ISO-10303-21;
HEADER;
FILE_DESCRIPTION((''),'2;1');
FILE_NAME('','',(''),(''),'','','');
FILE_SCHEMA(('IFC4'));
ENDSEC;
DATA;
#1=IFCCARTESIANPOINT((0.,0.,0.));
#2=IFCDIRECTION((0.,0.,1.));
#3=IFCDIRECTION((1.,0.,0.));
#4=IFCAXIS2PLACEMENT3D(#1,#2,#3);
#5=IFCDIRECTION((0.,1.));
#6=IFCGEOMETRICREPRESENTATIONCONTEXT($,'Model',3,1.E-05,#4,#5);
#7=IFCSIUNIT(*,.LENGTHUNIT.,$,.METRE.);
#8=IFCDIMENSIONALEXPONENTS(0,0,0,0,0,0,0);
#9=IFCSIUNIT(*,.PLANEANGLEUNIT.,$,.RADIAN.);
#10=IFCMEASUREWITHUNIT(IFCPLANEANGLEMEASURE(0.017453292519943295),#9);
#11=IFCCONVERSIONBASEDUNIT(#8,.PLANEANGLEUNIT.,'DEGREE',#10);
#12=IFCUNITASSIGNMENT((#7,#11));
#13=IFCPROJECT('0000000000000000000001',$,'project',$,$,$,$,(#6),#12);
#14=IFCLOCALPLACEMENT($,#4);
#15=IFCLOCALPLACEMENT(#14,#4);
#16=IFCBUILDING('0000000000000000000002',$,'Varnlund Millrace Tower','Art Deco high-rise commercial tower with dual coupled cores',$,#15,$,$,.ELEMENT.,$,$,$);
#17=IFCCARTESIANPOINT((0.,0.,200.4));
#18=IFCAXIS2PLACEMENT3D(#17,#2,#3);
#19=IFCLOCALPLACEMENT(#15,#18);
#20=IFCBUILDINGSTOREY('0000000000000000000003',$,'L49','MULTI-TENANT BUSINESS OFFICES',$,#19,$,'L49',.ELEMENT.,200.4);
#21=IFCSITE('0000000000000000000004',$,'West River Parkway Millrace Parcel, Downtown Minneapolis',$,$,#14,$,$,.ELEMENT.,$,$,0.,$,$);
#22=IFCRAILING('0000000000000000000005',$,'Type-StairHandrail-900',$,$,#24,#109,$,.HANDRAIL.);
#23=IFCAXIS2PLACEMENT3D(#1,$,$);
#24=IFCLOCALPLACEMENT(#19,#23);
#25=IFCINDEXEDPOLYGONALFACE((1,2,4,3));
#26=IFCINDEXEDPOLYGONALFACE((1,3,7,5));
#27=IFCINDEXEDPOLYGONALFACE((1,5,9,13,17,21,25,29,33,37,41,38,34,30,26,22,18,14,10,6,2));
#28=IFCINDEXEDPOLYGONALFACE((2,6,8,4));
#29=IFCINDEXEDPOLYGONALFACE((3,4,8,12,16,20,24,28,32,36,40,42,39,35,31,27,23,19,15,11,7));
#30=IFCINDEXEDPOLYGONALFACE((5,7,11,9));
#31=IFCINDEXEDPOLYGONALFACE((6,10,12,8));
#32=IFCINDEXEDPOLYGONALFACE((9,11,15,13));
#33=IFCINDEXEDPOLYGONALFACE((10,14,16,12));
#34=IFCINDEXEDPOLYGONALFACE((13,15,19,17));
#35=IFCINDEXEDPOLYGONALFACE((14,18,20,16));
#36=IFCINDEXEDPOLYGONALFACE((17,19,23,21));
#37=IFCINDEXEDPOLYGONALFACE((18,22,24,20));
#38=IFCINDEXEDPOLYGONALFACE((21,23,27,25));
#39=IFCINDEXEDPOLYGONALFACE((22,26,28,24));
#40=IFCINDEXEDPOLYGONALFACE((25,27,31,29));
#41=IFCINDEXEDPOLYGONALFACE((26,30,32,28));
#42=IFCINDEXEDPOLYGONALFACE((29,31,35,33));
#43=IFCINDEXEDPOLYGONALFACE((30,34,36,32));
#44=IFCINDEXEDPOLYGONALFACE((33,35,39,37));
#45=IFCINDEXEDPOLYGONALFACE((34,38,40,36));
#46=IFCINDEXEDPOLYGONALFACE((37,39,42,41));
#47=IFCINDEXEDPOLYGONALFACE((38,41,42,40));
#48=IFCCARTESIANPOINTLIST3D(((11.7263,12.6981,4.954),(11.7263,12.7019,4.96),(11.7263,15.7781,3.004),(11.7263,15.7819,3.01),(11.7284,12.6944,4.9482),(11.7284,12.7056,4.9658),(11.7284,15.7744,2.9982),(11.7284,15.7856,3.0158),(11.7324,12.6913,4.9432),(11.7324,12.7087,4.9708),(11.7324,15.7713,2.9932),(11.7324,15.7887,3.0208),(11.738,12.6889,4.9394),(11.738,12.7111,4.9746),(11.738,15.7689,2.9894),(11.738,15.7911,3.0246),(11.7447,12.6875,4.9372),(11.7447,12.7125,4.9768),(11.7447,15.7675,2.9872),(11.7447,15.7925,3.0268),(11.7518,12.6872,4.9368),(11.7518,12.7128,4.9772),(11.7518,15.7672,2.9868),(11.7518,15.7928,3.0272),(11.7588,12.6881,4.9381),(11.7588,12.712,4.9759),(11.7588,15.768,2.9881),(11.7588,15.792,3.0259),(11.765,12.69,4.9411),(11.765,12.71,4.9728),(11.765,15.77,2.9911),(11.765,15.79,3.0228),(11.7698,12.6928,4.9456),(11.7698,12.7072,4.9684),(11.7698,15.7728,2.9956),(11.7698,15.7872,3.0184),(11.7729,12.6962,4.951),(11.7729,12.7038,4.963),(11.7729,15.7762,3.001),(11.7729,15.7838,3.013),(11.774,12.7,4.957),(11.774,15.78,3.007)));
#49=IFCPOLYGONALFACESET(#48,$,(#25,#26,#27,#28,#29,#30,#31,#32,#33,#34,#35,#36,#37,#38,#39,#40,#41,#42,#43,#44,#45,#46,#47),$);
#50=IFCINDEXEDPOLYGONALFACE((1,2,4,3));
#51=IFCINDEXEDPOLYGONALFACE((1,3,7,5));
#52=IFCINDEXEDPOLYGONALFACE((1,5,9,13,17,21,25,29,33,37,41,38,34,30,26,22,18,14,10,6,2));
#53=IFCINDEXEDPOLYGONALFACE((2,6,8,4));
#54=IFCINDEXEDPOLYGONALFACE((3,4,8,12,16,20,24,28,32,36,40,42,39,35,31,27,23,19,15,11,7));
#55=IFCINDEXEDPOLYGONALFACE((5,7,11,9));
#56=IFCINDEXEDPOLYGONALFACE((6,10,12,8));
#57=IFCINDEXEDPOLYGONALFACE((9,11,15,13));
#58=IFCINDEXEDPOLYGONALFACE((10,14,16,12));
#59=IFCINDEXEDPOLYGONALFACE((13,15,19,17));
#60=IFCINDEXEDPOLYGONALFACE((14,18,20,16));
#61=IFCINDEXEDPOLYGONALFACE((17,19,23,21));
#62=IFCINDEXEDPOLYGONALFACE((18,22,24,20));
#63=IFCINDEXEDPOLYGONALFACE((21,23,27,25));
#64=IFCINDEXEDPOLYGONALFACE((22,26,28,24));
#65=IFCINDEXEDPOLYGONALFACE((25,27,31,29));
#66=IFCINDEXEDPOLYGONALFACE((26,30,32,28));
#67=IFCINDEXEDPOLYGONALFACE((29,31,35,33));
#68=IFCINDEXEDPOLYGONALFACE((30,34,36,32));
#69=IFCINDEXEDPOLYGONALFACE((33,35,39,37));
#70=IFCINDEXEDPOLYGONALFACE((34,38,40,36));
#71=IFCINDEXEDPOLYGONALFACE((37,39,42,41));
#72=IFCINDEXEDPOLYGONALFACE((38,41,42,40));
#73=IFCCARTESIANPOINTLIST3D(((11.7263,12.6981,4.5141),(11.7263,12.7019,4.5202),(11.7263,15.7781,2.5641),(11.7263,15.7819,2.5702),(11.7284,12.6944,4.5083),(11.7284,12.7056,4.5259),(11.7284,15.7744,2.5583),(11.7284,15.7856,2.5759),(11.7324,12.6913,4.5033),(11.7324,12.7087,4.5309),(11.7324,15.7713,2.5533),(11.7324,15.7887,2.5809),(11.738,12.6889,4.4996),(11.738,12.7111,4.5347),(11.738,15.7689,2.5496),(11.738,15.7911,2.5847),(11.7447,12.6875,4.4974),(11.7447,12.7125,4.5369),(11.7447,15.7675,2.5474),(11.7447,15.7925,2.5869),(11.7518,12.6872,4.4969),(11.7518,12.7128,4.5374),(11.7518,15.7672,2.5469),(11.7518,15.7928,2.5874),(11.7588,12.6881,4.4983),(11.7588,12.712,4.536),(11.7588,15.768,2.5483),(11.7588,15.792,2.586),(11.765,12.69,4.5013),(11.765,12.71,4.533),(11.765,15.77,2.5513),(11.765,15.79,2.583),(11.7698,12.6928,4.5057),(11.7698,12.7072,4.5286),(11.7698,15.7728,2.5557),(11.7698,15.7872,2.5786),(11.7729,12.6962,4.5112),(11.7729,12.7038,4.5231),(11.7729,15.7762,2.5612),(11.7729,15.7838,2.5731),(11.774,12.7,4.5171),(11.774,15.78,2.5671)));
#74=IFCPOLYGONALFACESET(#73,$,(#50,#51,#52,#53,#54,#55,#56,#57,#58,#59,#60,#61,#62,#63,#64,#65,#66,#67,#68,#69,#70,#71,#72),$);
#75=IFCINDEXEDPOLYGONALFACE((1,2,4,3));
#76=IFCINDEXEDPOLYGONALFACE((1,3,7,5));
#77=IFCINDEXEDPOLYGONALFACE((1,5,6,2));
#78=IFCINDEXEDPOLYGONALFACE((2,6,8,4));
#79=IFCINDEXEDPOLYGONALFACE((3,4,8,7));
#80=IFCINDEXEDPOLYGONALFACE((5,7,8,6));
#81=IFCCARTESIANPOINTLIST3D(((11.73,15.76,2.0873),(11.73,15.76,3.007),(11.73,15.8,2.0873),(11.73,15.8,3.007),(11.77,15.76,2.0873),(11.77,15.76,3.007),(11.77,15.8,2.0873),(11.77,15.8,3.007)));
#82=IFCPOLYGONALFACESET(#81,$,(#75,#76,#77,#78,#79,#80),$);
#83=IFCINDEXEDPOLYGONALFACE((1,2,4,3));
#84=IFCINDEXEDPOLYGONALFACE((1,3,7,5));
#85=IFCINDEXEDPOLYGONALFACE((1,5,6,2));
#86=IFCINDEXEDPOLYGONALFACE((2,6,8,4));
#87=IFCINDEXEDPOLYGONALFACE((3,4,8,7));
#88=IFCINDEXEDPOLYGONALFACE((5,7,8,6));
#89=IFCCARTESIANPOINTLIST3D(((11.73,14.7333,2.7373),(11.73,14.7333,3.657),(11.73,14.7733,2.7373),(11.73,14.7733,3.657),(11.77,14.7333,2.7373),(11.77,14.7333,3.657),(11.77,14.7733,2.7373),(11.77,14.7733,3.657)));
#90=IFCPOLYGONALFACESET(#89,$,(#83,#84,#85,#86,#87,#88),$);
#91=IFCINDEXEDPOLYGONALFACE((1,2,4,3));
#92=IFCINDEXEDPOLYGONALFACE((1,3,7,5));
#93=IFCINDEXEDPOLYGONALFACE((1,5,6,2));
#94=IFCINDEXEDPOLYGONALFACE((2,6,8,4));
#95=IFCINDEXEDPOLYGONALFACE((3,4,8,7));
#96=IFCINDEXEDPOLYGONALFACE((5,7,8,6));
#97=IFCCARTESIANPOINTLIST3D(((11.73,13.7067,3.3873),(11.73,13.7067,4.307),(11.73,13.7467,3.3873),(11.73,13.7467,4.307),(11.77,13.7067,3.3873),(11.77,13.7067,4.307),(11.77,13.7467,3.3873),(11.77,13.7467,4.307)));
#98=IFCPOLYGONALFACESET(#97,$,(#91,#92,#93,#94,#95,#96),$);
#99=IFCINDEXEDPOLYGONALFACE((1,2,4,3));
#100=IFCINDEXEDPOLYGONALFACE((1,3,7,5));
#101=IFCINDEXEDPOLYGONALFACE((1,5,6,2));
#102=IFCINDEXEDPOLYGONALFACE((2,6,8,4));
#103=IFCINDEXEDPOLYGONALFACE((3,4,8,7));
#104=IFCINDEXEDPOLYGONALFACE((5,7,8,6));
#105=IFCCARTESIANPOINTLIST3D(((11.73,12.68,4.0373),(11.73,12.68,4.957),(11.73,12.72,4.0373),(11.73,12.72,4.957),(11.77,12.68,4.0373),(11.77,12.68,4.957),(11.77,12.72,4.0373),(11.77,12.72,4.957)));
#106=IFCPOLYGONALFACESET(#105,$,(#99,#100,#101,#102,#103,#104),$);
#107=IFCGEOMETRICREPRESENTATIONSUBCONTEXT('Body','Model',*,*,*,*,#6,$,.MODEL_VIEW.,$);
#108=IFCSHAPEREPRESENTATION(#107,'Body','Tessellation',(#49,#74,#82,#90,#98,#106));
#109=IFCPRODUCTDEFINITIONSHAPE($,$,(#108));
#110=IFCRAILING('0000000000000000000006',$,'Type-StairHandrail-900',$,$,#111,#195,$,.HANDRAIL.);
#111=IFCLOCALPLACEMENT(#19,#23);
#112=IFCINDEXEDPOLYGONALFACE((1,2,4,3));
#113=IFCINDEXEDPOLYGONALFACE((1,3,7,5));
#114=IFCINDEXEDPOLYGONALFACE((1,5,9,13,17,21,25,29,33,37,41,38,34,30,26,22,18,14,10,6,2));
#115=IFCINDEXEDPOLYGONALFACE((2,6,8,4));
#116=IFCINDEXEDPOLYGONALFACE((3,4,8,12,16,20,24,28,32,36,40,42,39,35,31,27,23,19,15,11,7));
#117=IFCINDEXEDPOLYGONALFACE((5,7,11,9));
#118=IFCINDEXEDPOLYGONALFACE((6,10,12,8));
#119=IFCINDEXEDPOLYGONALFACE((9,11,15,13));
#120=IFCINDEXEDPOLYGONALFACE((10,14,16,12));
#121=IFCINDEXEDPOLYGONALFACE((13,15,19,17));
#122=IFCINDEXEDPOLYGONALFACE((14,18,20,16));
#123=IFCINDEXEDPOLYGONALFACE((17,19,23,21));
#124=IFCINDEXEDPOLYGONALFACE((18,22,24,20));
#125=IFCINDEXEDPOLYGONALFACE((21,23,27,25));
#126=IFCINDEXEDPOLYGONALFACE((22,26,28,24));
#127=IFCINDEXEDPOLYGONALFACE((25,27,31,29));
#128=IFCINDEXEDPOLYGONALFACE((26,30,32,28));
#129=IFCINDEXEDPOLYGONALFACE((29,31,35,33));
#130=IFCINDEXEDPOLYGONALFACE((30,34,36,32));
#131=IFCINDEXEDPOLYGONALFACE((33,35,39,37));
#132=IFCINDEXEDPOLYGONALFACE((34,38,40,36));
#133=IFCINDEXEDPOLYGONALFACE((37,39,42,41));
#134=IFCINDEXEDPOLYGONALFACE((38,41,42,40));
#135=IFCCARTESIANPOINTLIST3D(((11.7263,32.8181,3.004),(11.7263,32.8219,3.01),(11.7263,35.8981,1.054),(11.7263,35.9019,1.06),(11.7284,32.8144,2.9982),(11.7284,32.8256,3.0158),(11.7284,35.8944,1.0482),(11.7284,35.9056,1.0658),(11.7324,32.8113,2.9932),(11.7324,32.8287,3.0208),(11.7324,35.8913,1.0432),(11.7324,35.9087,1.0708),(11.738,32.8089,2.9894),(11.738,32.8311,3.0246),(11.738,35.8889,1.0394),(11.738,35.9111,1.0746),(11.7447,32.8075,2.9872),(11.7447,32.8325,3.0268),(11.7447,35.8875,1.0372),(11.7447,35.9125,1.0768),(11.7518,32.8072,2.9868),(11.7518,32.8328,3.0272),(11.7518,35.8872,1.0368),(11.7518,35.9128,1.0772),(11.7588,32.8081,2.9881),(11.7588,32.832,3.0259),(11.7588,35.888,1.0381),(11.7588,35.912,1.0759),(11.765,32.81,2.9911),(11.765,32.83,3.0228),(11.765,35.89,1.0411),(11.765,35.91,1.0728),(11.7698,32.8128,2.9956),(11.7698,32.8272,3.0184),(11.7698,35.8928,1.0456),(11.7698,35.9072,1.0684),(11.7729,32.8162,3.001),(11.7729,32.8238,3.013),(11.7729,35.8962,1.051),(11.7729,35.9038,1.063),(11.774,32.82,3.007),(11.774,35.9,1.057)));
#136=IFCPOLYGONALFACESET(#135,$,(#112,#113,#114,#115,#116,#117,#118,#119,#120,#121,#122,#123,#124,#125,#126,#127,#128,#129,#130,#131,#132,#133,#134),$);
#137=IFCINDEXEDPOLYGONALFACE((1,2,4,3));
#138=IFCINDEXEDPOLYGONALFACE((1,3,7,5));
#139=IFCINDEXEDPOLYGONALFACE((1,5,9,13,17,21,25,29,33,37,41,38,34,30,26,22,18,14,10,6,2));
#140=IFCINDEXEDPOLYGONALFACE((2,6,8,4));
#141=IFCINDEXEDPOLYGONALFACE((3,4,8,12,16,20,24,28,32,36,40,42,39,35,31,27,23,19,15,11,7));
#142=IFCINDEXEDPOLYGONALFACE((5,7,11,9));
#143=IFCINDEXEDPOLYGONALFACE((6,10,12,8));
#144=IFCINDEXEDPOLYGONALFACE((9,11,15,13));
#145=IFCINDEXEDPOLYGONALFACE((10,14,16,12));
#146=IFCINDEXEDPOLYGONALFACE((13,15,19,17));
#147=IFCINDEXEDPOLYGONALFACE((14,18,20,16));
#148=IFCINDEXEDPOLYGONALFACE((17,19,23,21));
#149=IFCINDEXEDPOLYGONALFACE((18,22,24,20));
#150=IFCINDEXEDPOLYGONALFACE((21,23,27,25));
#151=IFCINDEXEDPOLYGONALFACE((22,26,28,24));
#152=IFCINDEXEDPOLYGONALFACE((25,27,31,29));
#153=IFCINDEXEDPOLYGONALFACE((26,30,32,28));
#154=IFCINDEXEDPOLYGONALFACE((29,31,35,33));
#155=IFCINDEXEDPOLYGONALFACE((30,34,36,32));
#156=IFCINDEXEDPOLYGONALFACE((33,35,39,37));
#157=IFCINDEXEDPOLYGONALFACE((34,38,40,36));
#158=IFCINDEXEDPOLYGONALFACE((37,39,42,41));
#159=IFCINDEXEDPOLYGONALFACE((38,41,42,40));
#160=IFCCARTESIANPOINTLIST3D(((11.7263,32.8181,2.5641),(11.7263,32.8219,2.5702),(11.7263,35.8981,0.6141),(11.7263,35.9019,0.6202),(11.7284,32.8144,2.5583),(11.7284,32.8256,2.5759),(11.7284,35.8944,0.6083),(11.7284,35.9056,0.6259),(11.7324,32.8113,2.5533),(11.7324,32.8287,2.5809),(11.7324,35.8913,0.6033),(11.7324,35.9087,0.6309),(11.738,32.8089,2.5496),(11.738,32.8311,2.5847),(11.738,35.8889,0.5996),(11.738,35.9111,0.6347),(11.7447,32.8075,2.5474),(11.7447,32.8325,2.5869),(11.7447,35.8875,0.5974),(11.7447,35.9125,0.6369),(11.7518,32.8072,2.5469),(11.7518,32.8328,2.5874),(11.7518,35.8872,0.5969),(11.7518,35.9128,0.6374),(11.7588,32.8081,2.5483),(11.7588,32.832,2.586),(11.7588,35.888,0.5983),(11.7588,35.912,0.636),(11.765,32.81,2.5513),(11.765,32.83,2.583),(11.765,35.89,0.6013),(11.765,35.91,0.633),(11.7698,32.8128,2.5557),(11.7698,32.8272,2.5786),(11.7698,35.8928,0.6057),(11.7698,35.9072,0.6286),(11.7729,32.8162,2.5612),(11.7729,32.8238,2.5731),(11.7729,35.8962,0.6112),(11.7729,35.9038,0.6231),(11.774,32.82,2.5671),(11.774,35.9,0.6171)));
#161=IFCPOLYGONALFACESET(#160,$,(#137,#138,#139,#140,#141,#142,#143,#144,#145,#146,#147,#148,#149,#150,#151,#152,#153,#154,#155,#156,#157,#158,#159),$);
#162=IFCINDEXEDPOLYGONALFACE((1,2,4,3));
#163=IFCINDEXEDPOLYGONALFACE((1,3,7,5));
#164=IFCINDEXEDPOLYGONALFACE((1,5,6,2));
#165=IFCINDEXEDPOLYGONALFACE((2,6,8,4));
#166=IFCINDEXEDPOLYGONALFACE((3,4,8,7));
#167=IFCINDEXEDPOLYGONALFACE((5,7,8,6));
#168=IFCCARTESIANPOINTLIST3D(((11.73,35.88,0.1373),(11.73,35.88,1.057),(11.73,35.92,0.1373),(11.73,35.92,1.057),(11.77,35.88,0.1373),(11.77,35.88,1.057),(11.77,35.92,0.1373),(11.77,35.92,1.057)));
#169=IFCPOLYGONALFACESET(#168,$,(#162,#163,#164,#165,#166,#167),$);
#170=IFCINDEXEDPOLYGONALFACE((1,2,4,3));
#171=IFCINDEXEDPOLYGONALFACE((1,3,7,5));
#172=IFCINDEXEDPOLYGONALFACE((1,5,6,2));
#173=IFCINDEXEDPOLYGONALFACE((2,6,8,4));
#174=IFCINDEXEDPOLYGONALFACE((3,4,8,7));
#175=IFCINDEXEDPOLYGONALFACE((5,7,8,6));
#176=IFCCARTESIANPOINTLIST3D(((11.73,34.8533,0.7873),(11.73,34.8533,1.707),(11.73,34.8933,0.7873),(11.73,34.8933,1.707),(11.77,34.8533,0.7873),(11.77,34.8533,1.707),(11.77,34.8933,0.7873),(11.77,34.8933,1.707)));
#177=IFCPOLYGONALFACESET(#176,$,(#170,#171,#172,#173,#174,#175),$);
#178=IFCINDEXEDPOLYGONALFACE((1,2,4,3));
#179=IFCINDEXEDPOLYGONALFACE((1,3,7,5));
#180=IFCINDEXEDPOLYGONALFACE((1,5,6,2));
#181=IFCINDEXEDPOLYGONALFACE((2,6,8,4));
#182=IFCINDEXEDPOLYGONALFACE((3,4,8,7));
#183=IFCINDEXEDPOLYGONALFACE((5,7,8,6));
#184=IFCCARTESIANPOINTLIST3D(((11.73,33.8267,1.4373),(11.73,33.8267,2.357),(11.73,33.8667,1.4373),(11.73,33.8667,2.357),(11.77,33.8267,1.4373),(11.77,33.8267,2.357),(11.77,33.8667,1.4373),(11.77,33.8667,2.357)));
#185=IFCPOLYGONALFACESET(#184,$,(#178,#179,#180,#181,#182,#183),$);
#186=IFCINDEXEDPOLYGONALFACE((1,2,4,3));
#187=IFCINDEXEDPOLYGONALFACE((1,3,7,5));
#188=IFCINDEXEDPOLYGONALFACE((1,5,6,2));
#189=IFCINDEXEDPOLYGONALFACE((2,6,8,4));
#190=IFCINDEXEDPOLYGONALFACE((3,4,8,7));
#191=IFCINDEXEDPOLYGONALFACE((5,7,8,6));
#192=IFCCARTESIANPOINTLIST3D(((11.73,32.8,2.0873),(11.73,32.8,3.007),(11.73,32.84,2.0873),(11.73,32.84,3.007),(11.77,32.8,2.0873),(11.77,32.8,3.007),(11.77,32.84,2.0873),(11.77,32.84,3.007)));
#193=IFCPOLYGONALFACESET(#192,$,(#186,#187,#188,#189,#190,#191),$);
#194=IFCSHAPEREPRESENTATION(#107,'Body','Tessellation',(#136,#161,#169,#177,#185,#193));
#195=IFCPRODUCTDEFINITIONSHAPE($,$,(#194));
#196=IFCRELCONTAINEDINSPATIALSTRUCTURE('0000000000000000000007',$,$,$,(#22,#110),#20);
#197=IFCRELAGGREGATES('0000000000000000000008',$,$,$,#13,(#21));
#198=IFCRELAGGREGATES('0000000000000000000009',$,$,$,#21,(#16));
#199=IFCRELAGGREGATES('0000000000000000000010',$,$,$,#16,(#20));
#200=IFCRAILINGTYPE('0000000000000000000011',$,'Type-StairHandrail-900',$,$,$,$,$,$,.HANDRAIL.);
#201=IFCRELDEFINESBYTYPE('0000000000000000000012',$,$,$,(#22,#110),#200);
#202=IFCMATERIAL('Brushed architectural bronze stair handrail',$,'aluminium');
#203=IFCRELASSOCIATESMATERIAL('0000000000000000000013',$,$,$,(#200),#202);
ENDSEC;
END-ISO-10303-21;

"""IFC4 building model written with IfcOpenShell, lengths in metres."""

from ifc_helpers import new_model, entity, si_unit, converted_unit, direction, frame, origin_with_axes, origin_2d_with_axis, place, context, subcontext, project, spatial, rectangle, circle, extrude, material, type_object, element, save


model = new_model("IFC4")

# Units and contexts
model_context = context("Model", 3, precision=1e-05, world=origin_with_axes(), true_north=direction((0.0, 1.0)))
body_context = subcontext(model_context, "Body", "Model", "MODEL_VIEW")
ifc_project = project(units=[si_unit("LENGTHUNIT", "METRE"), converted_unit("PLANEANGLEUNIT", "DEGREE", entity("IfcPlaneAngleMeasure", 0.017453292519943295), si_unit("PLANEANGLEUNIT", "RADIAN"), dimensions=[0, 0, 0, 0, 0, 0, 0])], contexts=[model_context])

# Site, building, storey
site_placement = place(None, origin_with_axes())
site = spatial("IfcSite", under=ifc_project, at=site_placement, Name="West River Parkway Millrace Parcel, Downtown Minneapolis", CompositionType="ELEMENT", RefElevation=0.0)
building_placement = place(site_placement, origin_with_axes())
building = spatial("IfcBuilding", under=site, at=building_placement, Name="Varnlund Millrace Tower", Description="Art Deco high-rise commercial tower with dual coupled cores", CompositionType="ELEMENT")
storey_placement = place(building_placement, frame((0.0, 0.0, 200.4), z_axis=(0.0, 0.0, 1.0), x_axis=(1.0, 0.0, 0.0)))
storey = spatial("IfcBuildingStorey", under=building, at=storey_placement, Name="L49", Description="MULTI-TENANT BUSINESS OFFICES", LongName="L49", CompositionType="ELEMENT", Elevation=200.4)

# Railings
ifc_material_1 = material(Name="Brushed architectural bronze stair handrail", Category="aluminium")
railing_type_1 = type_object("IfcRailingType", Name="Type-StairHandrail-900", PredefinedType="HANDRAIL", material=ifc_material_1)
railing_1_placement = place(storey_placement, frame((0.0, 0.0, -200.4), z_axis=(0.0, 0.0, 1.0), x_axis=(1.0, 0.0, 0.0)))
element("IfcRailing", 1, at=railing_1_placement, inside=storey, type_object=railing_type_1, Name="Type-StairHandrail-900", PredefinedType="HANDRAIL", context=body_context, shape_type="SweptSolid", body=[
    extrude(circle(Radius=0.024, at=origin_2d_with_axis()), frame((11.75, 15.78, 203.407), z_axis=(0.0, -0.844902, 0.534922), x_axis=(1.0, 0.0, 0.0)), (0.0, 0.0, 1.0), 3.6454),
    extrude(circle(Radius=0.024, at=origin_2d_with_axis()), frame((11.75, 15.78, 202.9671), z_axis=(0.0, -0.844902, 0.534922), x_axis=(1.0, 0.0, 0.0)), (0.0, 0.0, 1.0), 3.6454),
    extrude(rectangle(XDim=0.04, YDim=0.04, at=origin_2d_with_axis()), frame((11.75, 15.78, 202.4873), z_axis=(0.0, 0.0, 1.0), x_axis=(1.0, 0.0, 0.0)), (0.0, 0.0, 1.0), 0.9197),
    extrude(rectangle(XDim=0.04, YDim=0.04, at=origin_2d_with_axis()), frame((11.75, 14.7533, 203.1373), z_axis=(0.0, 0.0, 1.0), x_axis=(1.0, 0.0, 0.0)), (0.0, 0.0, 1.0), 0.9197),
    extrude(rectangle(XDim=0.04, YDim=0.04, at=origin_2d_with_axis()), frame((11.75, 13.7267, 203.7873), z_axis=(0.0, 0.0, 1.0), x_axis=(1.0, 0.0, 0.0)), (0.0, 0.0, 1.0), 0.9197),
    extrude(rectangle(XDim=0.04, YDim=0.04, at=origin_2d_with_axis()), frame((11.75, 12.7, 204.4373), z_axis=(0.0, 0.0, 1.0), x_axis=(1.0, 0.0, 0.0)), (0.0, 0.0, 1.0), 0.9197),
])
railing_2_placement = place(storey_placement, frame((0.0, 0.0, -200.4), z_axis=(0.0, 0.0, 1.0), x_axis=(1.0, 0.0, 0.0)))
element("IfcRailing", 2, at=railing_2_placement, inside=storey, type_object=railing_type_1, Name="Type-StairHandrail-900", PredefinedType="HANDRAIL", context=body_context, shape_type="SweptSolid", body=[
    extrude(circle(Radius=0.024, at=origin_2d_with_axis()), frame((11.75, 35.9, 201.457), z_axis=(0.0, -0.844902, 0.534922), x_axis=(1.0, 0.0, 0.0)), (0.0, 0.0, 1.0), 3.6454),
    extrude(circle(Radius=0.024, at=origin_2d_with_axis()), frame((11.75, 35.9, 201.0171), z_axis=(0.0, -0.844902, 0.534922), x_axis=(1.0, 0.0, 0.0)), (0.0, 0.0, 1.0), 3.6454),
    extrude(rectangle(XDim=0.04, YDim=0.04, at=origin_2d_with_axis()), frame((11.75, 35.9, 200.5373), z_axis=(0.0, 0.0, 1.0), x_axis=(1.0, 0.0, 0.0)), (0.0, 0.0, 1.0), 0.9197),
    extrude(rectangle(XDim=0.04, YDim=0.04, at=origin_2d_with_axis()), frame((11.75, 34.8733, 201.1873), z_axis=(0.0, 0.0, 1.0), x_axis=(1.0, 0.0, 0.0)), (0.0, 0.0, 1.0), 0.9197),
    extrude(rectangle(XDim=0.04, YDim=0.04, at=origin_2d_with_axis()), frame((11.75, 33.8467, 201.8373), z_axis=(0.0, 0.0, 1.0), x_axis=(1.0, 0.0, 0.0)), (0.0, 0.0, 1.0), 0.9197),
    extrude(rectangle(XDim=0.04, YDim=0.04, at=origin_2d_with_axis()), frame((11.75, 32.82, 202.4873), z_axis=(0.0, 0.0, 1.0), x_axis=(1.0, 0.0, 0.0)), (0.0, 0.0, 1.0), 0.9197),
])

save(model, "model.ifc")
